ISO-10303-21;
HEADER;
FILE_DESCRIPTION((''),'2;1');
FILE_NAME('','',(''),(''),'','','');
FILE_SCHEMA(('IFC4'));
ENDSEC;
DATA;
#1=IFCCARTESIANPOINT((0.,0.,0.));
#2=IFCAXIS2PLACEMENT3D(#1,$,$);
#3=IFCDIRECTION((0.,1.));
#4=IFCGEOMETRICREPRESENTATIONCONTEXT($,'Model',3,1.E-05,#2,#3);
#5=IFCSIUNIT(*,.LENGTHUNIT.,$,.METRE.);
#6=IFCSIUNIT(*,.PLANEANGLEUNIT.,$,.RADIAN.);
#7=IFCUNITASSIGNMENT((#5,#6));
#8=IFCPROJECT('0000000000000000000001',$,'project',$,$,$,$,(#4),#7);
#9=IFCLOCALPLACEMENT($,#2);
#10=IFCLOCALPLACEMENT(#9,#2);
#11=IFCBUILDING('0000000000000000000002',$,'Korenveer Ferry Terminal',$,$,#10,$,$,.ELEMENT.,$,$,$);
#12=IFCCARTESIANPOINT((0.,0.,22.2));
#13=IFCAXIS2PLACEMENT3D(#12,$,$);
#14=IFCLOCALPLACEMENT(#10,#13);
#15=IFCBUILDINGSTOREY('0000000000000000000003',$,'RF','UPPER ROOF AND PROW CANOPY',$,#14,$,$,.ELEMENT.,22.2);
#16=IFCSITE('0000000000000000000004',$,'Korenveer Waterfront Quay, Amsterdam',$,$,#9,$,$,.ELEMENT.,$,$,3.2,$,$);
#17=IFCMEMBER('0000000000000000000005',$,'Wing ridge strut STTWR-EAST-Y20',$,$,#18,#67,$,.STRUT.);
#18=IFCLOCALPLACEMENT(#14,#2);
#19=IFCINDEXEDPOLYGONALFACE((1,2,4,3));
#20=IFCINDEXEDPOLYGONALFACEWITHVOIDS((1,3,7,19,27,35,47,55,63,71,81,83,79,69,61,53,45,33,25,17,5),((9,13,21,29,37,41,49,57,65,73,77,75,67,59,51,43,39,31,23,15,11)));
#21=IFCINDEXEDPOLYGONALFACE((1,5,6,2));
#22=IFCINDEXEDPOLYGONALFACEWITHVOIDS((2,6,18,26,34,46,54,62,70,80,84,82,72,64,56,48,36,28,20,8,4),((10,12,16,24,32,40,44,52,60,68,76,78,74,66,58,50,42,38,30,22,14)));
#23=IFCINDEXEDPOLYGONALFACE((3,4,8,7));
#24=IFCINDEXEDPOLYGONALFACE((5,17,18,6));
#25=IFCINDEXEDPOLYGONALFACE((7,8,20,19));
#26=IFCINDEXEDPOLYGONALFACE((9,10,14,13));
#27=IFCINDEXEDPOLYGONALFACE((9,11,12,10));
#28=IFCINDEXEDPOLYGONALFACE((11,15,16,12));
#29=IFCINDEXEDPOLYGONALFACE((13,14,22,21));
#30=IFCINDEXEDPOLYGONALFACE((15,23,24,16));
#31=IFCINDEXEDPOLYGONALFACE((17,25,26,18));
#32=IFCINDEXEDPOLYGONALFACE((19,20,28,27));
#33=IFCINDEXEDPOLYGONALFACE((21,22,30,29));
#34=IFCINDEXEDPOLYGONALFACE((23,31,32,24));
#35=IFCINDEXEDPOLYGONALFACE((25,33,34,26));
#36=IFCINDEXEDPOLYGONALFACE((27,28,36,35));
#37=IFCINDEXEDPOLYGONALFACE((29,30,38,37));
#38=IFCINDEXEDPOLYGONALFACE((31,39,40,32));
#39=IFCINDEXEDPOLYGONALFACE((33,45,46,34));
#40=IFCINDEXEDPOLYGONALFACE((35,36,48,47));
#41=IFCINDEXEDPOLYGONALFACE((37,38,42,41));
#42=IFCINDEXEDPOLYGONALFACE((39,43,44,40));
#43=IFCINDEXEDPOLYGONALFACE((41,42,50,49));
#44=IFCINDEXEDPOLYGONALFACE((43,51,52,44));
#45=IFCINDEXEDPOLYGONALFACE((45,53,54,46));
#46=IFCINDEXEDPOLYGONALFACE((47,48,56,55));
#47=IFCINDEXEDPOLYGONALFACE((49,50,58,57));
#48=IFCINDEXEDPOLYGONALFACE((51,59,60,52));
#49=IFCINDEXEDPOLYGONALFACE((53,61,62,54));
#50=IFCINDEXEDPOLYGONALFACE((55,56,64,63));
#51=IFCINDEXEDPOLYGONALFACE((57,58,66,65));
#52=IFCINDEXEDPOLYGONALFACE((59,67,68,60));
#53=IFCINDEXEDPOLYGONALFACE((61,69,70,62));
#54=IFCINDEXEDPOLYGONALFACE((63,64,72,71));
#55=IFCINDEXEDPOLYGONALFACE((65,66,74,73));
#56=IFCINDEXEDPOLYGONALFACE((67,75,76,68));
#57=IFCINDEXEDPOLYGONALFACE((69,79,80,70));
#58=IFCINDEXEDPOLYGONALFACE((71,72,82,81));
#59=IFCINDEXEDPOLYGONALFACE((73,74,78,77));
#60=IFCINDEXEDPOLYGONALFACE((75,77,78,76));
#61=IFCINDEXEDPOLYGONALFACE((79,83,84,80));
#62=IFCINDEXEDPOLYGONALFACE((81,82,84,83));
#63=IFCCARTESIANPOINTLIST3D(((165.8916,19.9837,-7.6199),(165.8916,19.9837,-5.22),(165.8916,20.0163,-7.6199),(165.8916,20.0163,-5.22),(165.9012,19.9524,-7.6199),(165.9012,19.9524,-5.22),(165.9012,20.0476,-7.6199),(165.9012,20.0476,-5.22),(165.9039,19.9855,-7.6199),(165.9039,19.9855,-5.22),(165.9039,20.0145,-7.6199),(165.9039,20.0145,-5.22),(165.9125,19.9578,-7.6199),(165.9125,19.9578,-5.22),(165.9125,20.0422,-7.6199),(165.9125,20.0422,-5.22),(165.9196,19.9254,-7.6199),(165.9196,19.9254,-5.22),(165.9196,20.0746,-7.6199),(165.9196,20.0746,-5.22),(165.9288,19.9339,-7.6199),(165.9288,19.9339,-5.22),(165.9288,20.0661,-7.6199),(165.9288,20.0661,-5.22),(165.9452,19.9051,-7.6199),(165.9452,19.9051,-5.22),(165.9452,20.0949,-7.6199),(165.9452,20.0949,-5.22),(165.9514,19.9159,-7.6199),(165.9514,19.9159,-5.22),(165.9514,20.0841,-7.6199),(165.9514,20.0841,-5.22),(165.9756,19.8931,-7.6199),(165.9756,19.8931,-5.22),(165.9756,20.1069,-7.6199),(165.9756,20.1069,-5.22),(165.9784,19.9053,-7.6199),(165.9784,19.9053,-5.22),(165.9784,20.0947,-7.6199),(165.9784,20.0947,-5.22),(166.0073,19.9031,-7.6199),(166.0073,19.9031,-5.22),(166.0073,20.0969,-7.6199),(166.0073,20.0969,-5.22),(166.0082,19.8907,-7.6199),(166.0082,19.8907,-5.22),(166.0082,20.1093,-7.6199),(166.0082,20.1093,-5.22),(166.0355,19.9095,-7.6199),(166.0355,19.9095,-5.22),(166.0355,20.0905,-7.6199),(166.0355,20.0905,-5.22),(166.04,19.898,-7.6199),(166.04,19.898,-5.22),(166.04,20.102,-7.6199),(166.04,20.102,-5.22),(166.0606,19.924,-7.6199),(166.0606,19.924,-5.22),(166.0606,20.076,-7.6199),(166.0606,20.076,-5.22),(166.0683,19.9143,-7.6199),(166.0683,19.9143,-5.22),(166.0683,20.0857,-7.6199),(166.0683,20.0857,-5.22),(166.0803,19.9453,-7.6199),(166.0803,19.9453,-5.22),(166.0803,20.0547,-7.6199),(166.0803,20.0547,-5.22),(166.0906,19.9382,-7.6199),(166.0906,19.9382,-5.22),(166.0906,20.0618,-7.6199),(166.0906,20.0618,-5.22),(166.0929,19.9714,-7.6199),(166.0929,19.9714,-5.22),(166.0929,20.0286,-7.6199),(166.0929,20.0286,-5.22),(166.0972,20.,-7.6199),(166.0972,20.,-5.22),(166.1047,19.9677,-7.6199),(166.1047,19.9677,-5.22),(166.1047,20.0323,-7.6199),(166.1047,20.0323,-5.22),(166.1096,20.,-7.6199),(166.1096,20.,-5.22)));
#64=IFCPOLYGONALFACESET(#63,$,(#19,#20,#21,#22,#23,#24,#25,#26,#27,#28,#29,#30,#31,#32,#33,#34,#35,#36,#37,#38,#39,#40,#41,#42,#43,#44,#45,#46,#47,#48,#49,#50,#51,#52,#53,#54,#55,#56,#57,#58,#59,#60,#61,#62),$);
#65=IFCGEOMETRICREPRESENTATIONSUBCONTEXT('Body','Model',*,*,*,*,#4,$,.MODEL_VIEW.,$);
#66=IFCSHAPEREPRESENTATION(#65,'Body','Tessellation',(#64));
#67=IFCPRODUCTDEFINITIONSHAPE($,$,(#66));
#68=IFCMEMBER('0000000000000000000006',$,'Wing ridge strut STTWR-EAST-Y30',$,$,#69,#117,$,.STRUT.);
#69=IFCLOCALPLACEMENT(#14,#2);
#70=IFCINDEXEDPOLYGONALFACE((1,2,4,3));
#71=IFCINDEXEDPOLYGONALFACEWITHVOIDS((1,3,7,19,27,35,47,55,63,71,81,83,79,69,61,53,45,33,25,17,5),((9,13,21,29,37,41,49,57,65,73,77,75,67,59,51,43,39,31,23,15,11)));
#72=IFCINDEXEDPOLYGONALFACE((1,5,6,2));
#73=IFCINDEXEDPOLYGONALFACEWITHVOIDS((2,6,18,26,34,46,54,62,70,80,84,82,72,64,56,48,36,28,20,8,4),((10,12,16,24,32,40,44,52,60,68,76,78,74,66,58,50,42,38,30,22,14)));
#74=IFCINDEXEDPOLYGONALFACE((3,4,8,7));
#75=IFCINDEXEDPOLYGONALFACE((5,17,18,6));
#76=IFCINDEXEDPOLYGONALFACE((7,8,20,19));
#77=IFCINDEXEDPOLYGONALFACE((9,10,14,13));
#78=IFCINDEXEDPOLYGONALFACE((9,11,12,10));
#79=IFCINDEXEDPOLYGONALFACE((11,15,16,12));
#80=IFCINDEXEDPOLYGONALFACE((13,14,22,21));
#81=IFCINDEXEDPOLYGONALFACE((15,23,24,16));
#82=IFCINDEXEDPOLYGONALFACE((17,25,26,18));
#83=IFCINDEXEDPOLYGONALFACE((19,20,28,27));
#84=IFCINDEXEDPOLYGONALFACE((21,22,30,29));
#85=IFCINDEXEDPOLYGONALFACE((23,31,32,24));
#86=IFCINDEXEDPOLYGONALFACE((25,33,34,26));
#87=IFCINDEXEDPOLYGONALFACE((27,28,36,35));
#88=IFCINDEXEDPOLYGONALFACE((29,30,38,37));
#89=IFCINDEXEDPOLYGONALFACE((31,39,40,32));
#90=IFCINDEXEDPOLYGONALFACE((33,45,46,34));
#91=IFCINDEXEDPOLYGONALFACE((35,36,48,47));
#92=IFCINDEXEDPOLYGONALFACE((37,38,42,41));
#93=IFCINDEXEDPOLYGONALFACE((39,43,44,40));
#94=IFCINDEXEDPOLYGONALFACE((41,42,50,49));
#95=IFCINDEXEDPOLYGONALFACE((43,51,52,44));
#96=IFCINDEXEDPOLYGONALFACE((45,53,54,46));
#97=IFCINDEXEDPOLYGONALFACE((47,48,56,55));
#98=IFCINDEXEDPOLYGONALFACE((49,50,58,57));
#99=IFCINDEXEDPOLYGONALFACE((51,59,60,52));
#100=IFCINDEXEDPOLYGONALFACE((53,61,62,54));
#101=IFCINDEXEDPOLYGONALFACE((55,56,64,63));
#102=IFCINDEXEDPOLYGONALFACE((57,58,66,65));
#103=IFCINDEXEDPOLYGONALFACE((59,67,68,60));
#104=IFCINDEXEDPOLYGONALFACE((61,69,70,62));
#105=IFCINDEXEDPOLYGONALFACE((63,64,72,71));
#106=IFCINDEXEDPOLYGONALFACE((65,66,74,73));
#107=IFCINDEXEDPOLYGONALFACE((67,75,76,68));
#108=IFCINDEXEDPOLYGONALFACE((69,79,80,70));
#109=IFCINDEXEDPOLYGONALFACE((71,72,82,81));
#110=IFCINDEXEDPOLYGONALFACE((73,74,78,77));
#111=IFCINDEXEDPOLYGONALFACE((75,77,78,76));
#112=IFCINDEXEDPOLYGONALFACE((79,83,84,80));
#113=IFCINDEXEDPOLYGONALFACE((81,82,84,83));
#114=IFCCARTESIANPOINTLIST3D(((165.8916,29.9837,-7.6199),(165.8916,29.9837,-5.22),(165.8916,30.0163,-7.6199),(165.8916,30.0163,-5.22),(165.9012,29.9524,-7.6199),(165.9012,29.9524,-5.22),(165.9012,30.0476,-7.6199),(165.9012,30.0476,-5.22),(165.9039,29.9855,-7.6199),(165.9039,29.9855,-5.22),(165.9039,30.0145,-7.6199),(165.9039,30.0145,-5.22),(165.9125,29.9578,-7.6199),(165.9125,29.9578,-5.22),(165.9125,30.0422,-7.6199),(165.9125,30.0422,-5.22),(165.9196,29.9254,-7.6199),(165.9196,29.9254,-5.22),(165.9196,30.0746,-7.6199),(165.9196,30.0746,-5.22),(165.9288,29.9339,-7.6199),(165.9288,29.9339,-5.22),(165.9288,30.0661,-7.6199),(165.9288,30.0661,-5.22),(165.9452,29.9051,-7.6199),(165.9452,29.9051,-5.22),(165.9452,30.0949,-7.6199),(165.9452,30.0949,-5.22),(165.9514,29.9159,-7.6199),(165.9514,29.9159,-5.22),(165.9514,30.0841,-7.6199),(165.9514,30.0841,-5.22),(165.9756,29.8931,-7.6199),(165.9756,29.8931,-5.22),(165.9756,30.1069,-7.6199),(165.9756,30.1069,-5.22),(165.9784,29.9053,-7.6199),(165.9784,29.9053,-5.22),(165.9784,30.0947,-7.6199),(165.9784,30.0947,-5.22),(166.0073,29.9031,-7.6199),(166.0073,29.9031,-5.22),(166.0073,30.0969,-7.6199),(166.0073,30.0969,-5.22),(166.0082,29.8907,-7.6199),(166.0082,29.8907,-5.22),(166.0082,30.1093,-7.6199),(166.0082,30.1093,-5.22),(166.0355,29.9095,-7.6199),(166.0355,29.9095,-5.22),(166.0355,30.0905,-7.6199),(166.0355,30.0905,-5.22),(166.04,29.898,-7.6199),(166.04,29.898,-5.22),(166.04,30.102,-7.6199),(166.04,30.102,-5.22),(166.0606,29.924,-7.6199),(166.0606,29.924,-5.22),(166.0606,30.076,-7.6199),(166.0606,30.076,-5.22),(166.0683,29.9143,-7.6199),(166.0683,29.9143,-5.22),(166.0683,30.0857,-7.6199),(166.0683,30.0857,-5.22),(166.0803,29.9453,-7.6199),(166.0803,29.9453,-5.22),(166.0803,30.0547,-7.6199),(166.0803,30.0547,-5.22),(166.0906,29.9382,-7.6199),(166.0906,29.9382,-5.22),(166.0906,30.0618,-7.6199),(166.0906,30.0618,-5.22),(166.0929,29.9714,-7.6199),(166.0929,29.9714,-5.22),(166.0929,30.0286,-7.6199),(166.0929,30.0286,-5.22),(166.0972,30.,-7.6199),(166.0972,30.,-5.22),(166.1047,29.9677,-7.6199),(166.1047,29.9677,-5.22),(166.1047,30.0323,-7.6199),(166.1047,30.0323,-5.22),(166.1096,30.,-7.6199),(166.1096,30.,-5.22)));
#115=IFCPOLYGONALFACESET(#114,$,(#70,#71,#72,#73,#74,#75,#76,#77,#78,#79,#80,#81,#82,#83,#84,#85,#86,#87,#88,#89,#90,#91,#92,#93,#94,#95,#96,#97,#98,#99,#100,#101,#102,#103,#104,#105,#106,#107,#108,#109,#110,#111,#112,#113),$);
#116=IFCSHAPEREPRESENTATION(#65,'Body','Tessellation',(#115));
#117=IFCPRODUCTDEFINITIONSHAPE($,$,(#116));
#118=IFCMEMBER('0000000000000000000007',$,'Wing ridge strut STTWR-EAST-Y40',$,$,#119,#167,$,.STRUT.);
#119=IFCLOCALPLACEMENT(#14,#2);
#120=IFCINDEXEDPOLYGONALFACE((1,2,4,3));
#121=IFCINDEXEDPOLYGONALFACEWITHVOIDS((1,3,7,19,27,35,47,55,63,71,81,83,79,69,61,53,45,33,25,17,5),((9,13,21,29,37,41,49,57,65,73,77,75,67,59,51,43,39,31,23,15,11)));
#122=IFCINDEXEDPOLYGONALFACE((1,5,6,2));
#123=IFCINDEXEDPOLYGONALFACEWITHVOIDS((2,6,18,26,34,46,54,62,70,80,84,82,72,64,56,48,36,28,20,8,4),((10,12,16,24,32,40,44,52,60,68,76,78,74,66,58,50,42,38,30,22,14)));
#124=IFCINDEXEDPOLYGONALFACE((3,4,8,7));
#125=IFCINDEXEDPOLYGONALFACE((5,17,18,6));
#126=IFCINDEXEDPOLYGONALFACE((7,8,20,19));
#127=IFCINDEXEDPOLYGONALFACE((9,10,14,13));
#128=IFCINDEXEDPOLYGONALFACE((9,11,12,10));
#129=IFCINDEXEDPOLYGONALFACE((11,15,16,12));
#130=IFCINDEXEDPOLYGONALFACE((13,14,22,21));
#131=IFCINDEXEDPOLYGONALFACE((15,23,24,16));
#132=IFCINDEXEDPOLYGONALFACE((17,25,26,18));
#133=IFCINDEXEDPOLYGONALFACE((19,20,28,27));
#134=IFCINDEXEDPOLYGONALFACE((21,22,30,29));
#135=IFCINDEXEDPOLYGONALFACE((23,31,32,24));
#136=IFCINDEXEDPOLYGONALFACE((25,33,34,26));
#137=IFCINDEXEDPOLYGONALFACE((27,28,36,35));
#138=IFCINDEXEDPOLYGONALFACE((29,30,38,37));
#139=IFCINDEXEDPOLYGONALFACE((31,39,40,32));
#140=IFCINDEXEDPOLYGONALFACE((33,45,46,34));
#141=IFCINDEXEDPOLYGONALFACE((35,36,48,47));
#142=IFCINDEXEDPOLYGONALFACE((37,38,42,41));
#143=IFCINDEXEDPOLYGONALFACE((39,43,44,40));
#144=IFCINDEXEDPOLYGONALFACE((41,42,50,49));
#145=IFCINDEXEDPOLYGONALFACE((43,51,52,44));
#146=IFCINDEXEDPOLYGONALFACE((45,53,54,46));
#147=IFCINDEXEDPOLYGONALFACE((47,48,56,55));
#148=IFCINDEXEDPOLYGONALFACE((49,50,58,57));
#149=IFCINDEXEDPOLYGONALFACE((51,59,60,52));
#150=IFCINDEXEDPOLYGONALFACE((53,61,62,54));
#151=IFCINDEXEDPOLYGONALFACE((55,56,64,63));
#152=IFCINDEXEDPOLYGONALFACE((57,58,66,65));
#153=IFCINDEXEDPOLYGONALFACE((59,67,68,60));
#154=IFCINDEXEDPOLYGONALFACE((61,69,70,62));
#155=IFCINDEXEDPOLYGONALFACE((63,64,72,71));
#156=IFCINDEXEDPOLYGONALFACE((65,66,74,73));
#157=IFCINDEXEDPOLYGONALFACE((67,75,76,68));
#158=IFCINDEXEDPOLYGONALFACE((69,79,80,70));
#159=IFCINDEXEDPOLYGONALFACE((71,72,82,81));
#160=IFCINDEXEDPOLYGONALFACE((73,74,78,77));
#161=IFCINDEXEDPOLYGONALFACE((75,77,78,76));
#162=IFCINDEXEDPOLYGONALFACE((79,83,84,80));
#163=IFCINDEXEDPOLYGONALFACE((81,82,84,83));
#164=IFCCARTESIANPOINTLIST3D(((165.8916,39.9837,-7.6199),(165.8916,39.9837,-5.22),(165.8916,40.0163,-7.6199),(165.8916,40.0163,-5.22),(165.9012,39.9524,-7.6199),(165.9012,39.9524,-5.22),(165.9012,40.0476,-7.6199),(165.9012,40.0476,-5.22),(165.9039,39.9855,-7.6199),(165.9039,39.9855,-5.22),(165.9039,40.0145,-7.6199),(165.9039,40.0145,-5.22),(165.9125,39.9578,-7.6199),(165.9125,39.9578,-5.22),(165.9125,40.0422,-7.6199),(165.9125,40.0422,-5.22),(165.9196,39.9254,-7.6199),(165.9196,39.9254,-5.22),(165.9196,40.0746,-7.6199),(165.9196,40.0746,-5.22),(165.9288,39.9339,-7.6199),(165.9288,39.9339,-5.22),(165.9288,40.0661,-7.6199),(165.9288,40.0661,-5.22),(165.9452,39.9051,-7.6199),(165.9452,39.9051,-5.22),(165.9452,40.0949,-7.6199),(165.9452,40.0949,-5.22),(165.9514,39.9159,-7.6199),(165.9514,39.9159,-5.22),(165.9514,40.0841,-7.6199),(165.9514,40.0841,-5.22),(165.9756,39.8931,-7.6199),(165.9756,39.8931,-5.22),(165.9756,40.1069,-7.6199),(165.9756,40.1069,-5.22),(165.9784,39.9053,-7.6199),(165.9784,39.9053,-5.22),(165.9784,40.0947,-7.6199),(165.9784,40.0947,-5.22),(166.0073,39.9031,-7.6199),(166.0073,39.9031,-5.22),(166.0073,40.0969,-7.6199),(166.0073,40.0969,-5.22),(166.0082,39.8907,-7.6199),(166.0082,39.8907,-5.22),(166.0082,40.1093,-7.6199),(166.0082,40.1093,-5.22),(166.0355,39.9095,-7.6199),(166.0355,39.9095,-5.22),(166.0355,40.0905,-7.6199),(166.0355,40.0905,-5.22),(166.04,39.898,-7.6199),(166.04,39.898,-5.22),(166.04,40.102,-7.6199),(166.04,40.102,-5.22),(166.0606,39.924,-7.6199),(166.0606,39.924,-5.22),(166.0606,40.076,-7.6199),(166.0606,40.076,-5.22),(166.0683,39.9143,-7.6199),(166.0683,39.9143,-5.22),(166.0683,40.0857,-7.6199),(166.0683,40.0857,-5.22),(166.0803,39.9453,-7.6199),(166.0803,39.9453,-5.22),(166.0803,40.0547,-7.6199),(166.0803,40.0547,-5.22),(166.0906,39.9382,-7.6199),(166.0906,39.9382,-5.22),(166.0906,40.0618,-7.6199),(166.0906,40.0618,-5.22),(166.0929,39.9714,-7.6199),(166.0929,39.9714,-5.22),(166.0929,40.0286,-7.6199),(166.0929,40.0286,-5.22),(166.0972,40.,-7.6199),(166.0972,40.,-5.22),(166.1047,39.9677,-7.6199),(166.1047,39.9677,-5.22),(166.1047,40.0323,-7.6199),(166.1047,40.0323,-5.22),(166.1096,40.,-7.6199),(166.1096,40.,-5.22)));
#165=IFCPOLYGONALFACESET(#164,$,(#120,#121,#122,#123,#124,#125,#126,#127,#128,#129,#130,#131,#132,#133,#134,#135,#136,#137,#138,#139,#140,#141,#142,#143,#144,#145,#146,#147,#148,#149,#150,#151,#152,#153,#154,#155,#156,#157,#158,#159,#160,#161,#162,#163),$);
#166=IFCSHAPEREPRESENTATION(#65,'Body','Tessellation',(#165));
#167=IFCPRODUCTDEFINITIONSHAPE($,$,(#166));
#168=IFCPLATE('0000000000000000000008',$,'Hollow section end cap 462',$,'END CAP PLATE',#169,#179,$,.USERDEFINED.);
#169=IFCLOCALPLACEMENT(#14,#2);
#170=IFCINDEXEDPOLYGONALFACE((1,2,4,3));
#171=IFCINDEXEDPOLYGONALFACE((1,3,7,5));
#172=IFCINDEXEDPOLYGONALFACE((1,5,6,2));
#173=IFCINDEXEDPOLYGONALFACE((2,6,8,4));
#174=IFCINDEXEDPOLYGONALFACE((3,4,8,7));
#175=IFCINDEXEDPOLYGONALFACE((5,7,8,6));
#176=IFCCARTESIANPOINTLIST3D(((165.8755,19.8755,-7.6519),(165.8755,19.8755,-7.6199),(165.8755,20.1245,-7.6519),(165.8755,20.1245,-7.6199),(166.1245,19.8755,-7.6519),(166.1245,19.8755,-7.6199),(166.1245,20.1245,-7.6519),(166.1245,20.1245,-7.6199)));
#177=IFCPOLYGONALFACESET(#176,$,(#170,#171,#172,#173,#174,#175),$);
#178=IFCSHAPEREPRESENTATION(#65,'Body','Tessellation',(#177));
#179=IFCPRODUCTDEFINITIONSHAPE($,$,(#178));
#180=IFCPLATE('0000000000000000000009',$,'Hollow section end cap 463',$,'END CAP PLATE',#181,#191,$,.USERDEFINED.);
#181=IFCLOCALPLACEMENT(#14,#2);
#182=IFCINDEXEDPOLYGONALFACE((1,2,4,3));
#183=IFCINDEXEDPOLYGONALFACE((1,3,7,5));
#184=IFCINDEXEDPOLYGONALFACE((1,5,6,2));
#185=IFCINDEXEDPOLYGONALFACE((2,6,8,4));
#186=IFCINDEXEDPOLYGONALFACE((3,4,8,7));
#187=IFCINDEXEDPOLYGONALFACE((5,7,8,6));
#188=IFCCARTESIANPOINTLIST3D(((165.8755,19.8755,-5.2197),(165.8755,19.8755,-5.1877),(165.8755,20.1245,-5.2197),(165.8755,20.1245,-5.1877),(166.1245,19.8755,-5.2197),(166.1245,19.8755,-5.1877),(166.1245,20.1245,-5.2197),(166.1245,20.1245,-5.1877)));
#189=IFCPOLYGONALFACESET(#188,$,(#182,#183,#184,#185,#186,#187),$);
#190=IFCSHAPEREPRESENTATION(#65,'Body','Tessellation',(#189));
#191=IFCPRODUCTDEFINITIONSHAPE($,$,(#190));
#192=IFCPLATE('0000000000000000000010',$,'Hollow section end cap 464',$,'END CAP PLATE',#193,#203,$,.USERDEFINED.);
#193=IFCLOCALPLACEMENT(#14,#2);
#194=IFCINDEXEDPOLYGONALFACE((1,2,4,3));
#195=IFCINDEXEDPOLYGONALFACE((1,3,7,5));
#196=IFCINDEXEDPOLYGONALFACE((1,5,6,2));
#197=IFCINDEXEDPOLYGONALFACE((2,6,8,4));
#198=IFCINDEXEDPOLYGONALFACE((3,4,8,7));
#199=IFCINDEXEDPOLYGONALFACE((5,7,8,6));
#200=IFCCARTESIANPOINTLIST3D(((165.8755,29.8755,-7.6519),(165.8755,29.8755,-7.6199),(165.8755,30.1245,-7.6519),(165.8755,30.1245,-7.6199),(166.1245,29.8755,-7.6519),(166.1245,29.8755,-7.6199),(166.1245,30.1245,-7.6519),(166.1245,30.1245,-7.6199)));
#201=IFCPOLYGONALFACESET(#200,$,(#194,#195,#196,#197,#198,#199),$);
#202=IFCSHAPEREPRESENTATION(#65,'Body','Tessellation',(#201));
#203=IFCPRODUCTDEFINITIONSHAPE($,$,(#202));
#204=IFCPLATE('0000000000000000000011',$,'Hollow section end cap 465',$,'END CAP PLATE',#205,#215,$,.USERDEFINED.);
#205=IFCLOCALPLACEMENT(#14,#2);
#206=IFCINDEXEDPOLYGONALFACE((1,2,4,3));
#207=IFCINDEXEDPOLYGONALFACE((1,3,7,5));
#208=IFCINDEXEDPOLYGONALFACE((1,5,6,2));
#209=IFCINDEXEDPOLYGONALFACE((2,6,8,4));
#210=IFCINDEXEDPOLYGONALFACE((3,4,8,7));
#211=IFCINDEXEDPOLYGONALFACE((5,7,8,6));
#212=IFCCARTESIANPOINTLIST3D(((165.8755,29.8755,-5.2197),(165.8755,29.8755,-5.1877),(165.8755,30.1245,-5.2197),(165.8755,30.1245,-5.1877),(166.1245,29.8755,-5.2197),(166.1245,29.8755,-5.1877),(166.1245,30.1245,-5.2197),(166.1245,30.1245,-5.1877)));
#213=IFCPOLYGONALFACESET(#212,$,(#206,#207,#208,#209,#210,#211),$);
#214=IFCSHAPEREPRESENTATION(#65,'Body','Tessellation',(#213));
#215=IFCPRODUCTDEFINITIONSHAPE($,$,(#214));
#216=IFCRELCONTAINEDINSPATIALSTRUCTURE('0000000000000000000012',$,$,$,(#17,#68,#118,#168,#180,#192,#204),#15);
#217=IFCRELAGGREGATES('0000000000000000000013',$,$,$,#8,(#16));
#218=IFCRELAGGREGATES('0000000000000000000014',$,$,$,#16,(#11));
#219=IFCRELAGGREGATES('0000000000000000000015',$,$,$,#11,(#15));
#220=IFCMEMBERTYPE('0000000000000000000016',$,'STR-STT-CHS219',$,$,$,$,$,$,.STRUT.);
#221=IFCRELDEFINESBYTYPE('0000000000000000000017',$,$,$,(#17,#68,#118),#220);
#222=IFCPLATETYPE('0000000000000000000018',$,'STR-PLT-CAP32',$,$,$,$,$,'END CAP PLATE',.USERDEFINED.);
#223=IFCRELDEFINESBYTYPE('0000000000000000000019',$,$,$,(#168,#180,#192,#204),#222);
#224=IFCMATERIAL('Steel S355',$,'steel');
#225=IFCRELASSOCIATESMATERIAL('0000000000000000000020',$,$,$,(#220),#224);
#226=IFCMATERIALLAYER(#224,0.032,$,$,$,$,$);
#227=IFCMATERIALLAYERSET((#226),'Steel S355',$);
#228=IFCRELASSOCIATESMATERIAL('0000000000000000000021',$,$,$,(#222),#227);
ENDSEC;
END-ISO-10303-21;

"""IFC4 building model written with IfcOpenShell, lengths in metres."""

from ifc_helpers import new_model, si_unit, direction, frame, origin, origin_2d, place, context, subcontext, project, spatial, rectangle, hollow_circle, extrude, material, layer, layer_set, material_profile, profile_set, type_object, element, save


model = new_model("IFC4")

# Units and contexts
model_context = context("Model", 3, precision=1e-05, world=origin(), true_north=direction((0.0, 1.0)))
body_context = subcontext(model_context, "Body", "Model", "MODEL_VIEW")
ifc_project = project(units=[si_unit("LENGTHUNIT", "METRE"), si_unit("PLANEANGLEUNIT", "RADIAN")], contexts=[model_context])

# Site, building, storey
site_placement = place(None, origin())
site = spatial("IfcSite", under=ifc_project, at=site_placement, Name="Korenveer Waterfront Quay, Amsterdam", CompositionType="ELEMENT", RefElevation=3.2)
building_placement = place(site_placement, origin())
building = spatial("IfcBuilding", under=site, at=building_placement, Name="Korenveer Ferry Terminal", CompositionType="ELEMENT")
storey_placement = place(building_placement, frame((0.0, 0.0, 22.2)))
storey = spatial("IfcBuildingStorey", under=building, at=storey_placement, Name="RF", Description="UPPER ROOF AND PROW CANOPY", CompositionType="ELEMENT", Elevation=22.2)

# Shared definitions
ifc_material_1 = material(Name="Steel S355", Category="steel")

# Members
ifc_material_profile_1 = material_profile(ifc_material_1, hollow_circle(Radius=0.1096, WallThickness=0.0125, at=origin_2d()), Name="CHS 219.1x12.5")
ifc_profile_set_1 = profile_set([ifc_material_profile_1], Name="Steel S355")
member_type_1 = type_object("IfcMemberType", Name="STR-STT-CHS219", PredefinedType="STRUT", material=ifc_profile_set_1)
for number, where, z_axis, x_axis, name in (
    (1, (166.0, 20.0, -7.6199), (0.0, 0.0, 1.0), (1.0, 0.0, 0.0), "Wing ridge strut STTWR-EAST-Y20"),
    (2, (166.0, 30.0, -7.6199), (0.0, 0.0, 1.0), (1.0, 0.0, 0.0), "Wing ridge strut STTWR-EAST-Y30"),
    (3, (166.0, 40.0, -7.6199), (0.0, 0.0, 1.0), (1.0, 0.0, 0.0), "Wing ridge strut STTWR-EAST-Y40"),
):
    element("IfcMember", number, at=place(storey_placement, frame(where, z_axis=z_axis, x_axis=x_axis)), inside=storey, type_object=member_type_1, Name=name, PredefinedType="STRUT", context=body_context, shape_type="SweptSolid", body=[
        extrude(hollow_circle(Radius=0.1096, WallThickness=0.0125, at=origin_2d()), origin(), (0.0, 0.0, 1.0), 2.3999),
    ])

# Plates
ifc_layer_1 = layer(ifc_material_1, 0.032)
ifc_layer_set_1 = layer_set([ifc_layer_1], Name="Steel S355")
plate_type = type_object("IfcPlateType", Name="STR-PLT-CAP32", ElementType="END CAP PLATE", PredefinedType="USERDEFINED", material=ifc_layer_set_1)
for number, where, z_axis, x_axis, name in (
    (4, (166.0, 20.0, -7.6519), (0.0, 0.0, 1.0), (1.0, 0.0, 0.0), "Hollow section end cap 462"),
    (5, (166.0, 20.0, -5.2197), (0.0, 0.0, 1.0), (1.0, 0.0, 0.0), "Hollow section end cap 463"),
    (6, (166.0, 30.0, -7.6519), (0.0, 0.0, 1.0), (1.0, 0.0, 0.0), "Hollow section end cap 464"),
    (7, (166.0, 30.0, -5.2197), (0.0, 0.0, 1.0), (1.0, 0.0, 0.0), "Hollow section end cap 465"),
):
    element("IfcPlate", number, at=place(storey_placement, frame(where, z_axis=z_axis, x_axis=x_axis)), inside=storey, type_object=plate_type, Name=name, ObjectType="END CAP PLATE", PredefinedType="USERDEFINED", context=body_context, shape_type="SweptSolid", body=[
        extrude(rectangle(XDim=0.249, YDim=0.249, at=origin_2d()), origin(), (0.0, 0.0, 1.0), 0.032),
    ])

save(model, "model.ifc")
